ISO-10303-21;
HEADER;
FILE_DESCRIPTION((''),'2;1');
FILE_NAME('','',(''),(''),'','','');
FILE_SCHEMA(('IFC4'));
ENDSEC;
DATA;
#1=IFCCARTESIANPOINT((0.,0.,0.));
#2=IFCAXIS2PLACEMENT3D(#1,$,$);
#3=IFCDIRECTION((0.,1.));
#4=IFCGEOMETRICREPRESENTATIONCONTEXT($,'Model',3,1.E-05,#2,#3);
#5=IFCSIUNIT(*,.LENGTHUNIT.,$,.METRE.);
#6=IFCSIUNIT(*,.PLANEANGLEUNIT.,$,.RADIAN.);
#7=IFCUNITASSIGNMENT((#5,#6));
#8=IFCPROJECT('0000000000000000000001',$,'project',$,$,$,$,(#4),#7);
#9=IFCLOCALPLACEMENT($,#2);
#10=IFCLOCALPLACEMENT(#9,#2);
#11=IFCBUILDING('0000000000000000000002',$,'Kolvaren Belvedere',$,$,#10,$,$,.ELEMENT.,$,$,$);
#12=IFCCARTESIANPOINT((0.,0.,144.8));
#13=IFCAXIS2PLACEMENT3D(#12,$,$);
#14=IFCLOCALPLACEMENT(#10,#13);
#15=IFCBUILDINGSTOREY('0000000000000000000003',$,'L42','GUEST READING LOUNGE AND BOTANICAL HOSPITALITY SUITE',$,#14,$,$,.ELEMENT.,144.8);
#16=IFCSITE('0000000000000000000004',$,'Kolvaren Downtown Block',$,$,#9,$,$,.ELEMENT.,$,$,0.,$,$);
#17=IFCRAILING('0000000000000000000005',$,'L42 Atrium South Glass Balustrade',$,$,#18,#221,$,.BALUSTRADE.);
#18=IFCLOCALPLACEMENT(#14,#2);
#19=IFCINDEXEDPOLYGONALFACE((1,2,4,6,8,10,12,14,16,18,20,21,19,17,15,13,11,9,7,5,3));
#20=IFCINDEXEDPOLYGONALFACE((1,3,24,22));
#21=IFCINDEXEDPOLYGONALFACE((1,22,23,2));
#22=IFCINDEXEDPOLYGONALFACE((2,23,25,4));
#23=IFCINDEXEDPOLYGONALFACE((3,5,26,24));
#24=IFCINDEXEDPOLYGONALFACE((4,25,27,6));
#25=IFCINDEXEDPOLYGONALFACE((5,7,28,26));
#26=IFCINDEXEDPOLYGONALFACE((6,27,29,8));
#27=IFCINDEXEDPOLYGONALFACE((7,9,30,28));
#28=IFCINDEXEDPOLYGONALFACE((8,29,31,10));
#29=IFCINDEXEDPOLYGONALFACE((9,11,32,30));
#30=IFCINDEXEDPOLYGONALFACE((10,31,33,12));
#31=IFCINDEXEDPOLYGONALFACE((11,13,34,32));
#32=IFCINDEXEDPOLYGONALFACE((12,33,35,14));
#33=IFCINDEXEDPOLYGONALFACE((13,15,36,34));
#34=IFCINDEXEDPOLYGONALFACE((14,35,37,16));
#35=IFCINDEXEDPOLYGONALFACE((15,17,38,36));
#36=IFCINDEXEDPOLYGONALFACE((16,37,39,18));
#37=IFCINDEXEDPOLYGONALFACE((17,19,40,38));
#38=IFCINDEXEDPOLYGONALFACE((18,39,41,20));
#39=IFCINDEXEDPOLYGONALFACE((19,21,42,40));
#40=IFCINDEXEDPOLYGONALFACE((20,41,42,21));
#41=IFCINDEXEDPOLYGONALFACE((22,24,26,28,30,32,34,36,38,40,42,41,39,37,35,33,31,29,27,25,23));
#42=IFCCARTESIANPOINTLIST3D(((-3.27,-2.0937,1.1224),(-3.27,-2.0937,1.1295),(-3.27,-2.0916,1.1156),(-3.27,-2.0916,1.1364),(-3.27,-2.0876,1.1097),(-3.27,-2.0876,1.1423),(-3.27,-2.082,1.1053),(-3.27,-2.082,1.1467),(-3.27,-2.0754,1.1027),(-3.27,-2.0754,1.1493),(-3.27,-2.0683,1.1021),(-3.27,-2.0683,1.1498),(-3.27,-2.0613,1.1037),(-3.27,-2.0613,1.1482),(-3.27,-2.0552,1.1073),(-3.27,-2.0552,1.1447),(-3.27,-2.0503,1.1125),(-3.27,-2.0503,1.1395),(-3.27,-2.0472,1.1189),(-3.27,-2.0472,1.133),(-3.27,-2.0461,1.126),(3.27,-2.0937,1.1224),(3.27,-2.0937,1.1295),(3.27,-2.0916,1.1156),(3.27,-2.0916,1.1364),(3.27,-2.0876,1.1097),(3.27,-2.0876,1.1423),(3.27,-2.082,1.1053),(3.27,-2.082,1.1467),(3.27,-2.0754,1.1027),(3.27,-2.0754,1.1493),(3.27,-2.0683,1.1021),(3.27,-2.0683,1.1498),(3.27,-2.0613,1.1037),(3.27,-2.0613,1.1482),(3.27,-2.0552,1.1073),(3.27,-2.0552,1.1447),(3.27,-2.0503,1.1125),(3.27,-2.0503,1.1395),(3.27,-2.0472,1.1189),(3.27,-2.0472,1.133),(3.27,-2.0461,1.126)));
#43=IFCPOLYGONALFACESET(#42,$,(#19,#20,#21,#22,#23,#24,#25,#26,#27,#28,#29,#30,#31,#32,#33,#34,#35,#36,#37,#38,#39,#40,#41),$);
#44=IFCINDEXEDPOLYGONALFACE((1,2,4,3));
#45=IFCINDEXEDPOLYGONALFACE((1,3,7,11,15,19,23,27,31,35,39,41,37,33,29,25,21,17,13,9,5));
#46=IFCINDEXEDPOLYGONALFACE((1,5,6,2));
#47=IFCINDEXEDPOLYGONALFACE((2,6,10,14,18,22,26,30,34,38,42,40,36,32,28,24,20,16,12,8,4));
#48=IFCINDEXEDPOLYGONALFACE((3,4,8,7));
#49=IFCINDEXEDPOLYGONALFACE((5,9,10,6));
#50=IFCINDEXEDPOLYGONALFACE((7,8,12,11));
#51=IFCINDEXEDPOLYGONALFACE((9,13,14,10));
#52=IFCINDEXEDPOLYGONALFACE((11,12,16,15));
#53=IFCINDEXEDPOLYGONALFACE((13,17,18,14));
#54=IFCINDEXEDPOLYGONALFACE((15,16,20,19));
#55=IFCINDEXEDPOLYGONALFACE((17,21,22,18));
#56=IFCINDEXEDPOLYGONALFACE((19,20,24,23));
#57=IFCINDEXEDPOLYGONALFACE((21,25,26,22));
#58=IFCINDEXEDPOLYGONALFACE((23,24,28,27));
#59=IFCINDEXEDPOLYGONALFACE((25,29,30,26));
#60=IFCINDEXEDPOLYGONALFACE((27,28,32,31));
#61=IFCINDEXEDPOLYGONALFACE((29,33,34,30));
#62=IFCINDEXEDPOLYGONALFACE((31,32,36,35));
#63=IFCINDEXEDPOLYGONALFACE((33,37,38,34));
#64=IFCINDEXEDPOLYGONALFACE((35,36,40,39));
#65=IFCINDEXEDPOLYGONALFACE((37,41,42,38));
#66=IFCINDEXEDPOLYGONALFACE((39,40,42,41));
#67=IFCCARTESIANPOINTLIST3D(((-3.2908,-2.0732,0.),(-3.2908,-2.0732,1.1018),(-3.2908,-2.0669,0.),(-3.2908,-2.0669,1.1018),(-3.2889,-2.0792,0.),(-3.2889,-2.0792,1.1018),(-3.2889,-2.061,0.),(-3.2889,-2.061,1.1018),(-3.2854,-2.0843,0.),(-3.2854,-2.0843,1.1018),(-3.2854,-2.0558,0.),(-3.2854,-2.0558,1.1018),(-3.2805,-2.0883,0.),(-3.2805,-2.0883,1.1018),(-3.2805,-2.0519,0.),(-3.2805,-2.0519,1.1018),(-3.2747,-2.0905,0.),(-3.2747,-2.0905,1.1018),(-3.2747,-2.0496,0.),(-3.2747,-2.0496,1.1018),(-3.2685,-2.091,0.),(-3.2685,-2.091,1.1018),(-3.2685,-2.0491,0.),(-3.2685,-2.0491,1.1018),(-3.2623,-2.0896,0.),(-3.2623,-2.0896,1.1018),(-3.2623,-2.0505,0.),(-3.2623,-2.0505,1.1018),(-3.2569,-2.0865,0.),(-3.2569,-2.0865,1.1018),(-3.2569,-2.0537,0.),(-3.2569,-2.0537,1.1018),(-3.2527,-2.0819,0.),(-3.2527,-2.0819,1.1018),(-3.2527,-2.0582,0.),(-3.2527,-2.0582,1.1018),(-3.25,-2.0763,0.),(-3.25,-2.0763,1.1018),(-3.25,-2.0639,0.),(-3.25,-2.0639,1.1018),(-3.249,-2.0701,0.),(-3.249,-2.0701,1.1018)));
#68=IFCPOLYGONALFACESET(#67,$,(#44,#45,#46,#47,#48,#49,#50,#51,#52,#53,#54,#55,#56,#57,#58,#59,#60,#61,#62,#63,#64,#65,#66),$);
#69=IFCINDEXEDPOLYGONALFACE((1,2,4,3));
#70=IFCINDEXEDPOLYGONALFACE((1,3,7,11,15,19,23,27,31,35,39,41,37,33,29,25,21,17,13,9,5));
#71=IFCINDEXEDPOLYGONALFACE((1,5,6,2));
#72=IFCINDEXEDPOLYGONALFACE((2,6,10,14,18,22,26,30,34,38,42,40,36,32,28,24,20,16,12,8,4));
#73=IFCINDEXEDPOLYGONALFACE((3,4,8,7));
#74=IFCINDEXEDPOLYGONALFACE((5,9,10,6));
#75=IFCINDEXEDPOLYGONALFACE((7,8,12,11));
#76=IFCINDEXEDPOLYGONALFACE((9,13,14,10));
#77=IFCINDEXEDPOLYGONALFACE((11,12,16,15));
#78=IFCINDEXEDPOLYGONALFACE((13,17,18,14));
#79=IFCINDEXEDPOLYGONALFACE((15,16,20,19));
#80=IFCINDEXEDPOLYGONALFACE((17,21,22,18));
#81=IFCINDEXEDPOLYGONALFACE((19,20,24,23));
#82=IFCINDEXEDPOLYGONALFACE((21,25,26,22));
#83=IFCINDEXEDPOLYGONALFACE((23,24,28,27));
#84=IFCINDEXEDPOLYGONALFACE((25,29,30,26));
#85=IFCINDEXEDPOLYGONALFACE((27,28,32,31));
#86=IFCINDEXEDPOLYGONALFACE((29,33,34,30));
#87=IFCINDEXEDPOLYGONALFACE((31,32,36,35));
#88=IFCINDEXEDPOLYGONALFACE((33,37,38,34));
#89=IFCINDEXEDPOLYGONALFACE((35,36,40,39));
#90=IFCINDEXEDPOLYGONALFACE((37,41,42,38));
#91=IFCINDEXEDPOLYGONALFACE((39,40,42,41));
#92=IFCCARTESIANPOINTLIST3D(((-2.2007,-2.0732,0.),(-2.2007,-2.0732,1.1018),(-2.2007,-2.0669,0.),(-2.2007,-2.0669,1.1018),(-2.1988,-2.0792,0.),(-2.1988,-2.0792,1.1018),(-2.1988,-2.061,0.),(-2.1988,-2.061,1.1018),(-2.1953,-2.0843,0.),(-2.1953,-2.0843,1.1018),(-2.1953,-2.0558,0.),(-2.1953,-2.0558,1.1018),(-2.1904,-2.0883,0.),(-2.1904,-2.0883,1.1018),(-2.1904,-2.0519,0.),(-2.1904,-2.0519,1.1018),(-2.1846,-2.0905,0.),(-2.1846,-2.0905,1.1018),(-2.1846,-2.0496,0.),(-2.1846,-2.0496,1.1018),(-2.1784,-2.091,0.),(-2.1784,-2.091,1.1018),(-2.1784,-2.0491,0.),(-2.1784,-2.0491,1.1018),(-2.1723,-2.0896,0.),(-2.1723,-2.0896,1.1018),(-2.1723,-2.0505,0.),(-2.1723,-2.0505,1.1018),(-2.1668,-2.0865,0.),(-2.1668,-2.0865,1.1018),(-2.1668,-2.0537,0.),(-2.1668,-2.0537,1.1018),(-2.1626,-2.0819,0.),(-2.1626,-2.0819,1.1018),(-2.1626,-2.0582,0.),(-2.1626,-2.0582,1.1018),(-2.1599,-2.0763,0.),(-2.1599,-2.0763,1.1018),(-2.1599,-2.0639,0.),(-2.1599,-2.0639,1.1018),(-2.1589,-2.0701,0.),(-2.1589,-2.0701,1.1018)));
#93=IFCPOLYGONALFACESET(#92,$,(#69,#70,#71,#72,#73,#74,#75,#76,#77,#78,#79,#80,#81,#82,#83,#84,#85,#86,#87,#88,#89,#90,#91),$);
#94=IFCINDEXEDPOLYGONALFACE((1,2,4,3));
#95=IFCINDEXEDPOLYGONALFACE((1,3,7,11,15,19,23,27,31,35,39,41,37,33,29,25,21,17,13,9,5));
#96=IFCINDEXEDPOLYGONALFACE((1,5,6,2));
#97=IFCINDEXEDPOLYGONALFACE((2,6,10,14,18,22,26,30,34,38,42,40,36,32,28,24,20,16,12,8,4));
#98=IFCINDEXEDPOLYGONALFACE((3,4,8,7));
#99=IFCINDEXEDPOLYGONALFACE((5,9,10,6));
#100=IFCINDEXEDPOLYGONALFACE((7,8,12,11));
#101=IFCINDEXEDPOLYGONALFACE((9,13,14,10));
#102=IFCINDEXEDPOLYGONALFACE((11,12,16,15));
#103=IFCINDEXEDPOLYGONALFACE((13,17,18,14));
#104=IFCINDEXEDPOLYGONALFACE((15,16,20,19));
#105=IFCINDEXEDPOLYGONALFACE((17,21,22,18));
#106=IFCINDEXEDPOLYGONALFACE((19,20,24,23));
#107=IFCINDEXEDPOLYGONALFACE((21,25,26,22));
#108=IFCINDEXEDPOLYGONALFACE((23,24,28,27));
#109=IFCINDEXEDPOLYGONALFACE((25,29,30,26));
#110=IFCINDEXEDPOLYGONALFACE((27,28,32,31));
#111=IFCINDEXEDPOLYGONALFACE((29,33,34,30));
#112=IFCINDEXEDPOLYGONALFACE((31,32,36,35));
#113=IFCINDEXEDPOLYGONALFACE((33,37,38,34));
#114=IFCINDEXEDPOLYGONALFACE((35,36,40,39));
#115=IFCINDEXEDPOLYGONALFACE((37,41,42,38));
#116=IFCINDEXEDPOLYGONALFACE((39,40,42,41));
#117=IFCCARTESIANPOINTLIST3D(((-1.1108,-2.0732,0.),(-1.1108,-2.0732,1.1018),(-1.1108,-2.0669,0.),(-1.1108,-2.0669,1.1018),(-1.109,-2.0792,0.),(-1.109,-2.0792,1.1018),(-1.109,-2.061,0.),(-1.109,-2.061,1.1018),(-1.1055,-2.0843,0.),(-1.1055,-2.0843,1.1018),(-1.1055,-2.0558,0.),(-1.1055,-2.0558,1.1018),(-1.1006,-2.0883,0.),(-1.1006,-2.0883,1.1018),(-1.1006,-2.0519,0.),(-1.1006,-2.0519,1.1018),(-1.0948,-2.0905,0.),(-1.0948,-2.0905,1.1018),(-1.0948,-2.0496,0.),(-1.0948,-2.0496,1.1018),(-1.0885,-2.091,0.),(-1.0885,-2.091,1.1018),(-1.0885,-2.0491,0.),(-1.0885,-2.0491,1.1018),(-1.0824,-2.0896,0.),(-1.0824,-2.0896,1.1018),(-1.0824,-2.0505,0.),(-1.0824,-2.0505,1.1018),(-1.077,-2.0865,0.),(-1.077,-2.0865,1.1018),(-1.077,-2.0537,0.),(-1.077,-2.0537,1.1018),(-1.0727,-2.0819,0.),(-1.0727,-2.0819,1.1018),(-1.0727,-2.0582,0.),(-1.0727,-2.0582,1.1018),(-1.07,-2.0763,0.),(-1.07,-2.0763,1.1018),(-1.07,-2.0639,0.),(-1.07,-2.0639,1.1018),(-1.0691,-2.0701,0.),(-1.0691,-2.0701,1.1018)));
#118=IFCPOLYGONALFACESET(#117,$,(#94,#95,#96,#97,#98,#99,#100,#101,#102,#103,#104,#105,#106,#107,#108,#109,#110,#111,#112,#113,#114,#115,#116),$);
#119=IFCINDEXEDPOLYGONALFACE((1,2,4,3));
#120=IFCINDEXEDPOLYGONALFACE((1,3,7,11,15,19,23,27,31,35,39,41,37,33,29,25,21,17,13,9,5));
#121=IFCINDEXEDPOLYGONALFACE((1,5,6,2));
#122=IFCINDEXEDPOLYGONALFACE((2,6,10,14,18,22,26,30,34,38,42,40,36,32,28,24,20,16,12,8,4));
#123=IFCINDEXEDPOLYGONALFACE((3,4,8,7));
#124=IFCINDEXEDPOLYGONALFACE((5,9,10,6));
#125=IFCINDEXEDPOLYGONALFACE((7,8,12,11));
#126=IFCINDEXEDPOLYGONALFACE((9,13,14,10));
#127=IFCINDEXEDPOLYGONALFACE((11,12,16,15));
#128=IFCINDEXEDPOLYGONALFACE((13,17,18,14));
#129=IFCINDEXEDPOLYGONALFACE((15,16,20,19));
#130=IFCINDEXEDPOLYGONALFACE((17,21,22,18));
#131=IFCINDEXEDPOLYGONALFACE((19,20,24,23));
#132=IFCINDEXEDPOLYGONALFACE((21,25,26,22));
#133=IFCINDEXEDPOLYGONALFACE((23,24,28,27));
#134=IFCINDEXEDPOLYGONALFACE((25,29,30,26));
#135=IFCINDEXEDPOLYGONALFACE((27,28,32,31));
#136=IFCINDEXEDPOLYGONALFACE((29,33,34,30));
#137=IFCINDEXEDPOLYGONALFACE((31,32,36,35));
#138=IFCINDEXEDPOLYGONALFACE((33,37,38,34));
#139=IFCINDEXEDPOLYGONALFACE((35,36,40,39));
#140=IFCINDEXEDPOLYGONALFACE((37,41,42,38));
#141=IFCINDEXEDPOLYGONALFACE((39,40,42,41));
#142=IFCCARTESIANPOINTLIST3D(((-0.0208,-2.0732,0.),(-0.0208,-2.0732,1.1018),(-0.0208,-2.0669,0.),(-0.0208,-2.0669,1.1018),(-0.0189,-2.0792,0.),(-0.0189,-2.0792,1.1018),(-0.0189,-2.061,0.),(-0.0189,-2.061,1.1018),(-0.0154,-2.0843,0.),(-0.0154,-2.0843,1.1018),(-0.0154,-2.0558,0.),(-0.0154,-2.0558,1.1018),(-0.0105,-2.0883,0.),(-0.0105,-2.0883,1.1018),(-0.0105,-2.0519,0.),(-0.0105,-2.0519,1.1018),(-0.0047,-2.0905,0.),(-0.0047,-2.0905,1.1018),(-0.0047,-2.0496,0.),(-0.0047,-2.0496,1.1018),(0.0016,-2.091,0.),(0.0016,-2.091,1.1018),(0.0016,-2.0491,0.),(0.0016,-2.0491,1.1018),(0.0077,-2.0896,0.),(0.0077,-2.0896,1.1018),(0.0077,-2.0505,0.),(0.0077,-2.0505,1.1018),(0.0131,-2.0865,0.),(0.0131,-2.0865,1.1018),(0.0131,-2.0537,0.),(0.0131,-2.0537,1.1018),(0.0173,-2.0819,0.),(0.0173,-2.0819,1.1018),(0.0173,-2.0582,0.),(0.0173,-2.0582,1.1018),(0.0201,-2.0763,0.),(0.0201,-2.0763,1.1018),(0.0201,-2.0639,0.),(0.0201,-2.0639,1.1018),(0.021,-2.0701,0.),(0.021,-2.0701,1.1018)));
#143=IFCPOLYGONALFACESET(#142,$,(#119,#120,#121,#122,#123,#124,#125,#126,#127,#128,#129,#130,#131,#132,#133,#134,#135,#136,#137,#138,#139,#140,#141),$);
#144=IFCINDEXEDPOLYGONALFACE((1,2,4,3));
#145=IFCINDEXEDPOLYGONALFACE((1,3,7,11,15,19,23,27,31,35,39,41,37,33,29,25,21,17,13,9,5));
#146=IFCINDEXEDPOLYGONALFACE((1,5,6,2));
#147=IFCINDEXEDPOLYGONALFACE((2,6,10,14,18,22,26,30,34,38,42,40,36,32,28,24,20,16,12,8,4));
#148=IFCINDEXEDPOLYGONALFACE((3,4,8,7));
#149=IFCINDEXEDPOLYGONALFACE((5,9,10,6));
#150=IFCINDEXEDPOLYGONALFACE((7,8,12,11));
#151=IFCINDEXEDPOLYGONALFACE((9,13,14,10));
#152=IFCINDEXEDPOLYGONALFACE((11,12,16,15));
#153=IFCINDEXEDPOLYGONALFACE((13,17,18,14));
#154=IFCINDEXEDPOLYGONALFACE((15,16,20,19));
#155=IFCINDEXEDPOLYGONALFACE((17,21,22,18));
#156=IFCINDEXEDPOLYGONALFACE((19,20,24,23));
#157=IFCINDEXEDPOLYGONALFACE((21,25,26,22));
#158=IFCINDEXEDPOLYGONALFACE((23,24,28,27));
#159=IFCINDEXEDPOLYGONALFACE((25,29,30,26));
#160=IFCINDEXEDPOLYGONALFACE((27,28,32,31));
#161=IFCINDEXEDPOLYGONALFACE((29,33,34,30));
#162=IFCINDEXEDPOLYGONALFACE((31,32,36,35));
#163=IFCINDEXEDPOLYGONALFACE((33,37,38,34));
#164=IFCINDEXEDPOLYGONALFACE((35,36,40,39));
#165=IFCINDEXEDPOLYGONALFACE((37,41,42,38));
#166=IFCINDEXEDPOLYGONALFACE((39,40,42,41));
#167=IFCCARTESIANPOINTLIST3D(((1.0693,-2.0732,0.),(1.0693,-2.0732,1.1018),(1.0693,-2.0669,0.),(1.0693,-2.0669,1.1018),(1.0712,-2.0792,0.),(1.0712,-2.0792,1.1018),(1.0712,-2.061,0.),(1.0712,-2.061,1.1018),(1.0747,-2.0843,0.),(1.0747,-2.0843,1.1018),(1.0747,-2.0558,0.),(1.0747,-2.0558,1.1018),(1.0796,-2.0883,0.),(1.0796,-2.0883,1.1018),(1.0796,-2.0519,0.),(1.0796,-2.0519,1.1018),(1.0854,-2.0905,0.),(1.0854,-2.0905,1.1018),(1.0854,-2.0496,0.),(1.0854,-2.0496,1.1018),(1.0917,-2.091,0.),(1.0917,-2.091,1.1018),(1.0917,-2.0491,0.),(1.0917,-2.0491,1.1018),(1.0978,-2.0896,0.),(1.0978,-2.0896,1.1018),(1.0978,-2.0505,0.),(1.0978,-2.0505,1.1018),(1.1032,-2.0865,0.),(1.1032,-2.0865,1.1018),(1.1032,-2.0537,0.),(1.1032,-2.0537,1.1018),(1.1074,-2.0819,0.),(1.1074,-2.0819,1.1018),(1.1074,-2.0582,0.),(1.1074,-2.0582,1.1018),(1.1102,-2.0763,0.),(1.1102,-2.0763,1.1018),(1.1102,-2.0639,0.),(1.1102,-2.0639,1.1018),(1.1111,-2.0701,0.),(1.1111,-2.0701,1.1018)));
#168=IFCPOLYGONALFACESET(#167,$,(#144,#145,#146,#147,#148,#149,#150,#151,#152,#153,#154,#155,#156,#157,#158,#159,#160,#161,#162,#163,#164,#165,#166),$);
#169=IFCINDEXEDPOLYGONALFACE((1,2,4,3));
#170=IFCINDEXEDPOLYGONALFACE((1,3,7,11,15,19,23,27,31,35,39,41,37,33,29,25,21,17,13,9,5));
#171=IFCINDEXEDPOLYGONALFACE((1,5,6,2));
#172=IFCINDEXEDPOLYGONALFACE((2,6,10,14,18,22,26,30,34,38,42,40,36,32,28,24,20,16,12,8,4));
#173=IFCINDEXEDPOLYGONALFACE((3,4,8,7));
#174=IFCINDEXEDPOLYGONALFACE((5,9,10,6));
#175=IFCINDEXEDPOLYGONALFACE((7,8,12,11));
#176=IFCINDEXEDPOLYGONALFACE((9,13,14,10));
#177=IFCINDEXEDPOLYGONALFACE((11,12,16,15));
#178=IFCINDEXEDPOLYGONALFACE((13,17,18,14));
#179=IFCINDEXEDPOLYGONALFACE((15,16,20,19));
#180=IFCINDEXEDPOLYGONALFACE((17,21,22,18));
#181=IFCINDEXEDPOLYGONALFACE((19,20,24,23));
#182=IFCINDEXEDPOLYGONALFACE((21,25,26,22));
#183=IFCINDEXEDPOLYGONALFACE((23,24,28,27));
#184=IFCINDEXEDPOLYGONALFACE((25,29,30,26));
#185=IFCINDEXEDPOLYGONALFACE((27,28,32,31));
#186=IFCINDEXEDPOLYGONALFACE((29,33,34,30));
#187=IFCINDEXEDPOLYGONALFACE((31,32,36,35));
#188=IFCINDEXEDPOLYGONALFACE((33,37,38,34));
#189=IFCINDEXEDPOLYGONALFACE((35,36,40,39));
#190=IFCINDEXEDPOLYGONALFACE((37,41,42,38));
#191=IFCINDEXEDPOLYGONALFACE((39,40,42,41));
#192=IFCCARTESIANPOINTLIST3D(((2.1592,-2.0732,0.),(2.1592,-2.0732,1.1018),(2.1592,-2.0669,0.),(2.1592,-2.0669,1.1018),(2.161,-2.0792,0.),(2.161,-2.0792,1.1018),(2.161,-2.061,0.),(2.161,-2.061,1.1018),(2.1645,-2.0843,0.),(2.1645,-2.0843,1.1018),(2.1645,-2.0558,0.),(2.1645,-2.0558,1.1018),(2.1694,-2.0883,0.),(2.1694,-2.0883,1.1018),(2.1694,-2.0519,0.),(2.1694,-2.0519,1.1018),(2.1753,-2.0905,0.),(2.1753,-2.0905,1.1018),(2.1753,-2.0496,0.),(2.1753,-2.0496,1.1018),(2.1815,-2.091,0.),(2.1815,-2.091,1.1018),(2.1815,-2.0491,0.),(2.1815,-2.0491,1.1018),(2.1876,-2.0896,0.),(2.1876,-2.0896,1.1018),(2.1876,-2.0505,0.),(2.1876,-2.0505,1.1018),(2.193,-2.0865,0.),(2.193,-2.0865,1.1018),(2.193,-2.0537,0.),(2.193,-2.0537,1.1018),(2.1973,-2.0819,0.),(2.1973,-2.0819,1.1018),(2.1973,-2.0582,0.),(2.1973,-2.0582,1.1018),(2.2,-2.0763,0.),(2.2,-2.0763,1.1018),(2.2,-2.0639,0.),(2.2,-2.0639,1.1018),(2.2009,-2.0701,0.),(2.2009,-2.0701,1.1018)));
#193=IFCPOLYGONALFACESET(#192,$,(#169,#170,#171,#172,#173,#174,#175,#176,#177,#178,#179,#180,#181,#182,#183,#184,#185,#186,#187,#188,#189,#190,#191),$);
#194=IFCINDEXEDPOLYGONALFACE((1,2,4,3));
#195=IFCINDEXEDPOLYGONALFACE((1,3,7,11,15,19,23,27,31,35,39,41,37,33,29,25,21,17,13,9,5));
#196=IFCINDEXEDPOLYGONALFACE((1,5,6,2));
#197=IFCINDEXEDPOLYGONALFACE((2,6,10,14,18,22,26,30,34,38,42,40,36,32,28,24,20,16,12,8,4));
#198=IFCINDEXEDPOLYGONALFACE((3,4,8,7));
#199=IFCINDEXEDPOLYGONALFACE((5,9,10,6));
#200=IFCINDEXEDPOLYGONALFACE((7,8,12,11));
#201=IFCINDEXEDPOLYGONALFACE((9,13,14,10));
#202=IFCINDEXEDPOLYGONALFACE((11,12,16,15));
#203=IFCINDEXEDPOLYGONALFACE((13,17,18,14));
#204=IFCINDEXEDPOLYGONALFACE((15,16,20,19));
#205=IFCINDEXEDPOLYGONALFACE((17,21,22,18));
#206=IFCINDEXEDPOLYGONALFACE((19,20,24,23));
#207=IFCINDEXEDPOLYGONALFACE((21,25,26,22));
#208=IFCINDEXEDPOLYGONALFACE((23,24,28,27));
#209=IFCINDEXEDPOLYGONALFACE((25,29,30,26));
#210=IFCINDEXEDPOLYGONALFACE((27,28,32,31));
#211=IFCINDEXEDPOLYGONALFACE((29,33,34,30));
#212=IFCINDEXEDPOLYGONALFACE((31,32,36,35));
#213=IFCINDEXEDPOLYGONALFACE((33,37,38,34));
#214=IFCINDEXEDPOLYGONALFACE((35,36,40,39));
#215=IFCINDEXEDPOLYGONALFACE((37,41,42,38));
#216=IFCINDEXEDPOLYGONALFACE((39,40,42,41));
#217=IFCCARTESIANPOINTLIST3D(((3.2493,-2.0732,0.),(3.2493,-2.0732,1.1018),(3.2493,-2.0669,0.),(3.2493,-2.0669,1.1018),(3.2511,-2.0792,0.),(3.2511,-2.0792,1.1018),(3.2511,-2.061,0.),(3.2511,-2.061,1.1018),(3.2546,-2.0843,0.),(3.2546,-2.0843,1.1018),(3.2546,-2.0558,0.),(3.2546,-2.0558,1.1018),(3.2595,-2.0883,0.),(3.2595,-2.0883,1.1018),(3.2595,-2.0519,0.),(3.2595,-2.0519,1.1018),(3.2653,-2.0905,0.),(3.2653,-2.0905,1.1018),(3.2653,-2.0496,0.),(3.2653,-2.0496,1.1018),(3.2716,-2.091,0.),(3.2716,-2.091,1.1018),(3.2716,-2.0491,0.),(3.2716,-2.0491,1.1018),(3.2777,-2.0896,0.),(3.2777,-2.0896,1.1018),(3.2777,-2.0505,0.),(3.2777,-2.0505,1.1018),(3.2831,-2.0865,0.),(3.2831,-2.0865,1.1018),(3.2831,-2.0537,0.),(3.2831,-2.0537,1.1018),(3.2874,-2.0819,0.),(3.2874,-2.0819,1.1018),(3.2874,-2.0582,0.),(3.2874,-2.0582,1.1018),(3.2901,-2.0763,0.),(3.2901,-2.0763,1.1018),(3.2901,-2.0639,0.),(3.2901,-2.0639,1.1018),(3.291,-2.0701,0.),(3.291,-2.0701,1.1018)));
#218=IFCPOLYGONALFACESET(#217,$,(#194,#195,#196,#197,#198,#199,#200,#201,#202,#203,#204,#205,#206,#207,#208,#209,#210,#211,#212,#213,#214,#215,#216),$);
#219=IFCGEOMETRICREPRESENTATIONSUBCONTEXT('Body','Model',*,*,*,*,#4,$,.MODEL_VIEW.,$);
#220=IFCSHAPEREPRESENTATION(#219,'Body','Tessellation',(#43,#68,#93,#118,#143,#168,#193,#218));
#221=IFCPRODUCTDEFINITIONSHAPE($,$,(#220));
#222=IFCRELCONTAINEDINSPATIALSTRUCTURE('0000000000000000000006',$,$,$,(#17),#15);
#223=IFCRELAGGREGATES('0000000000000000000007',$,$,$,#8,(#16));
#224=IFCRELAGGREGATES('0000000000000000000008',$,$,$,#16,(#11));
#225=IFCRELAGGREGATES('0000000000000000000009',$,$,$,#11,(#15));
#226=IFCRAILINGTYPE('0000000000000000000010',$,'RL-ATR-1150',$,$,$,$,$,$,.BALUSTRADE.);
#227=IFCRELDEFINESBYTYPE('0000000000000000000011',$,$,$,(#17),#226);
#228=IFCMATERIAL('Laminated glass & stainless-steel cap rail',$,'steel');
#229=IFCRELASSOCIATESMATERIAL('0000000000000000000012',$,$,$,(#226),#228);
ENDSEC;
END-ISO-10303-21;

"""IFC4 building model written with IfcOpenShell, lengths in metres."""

from ifc_helpers import new_model, si_unit, direction, frame, origin, origin_2d, place, context, subcontext, project, spatial, circle, extrude, material, type_object, element, save


model = new_model("IFC4")

# Units and contexts
model_context = context("Model", 3, precision=1e-05, world=origin(), true_north=direction((0.0, 1.0)))
body_context = subcontext(model_context, "Body", "Model", "MODEL_VIEW")
ifc_project = project(units=[si_unit("LENGTHUNIT", "METRE"), si_unit("PLANEANGLEUNIT", "RADIAN")], contexts=[model_context])

# Site, building, storey
site_placement = place(None, origin())
site = spatial("IfcSite", under=ifc_project, at=site_placement, Name="Kolvaren Downtown Block", CompositionType="ELEMENT", RefElevation=0.0)
building_placement = place(site_placement, origin())
building = spatial("IfcBuilding", under=site, at=building_placement, Name="Kolvaren Belvedere", CompositionType="ELEMENT")
storey_placement = place(building_placement, frame((0.0, 0.0, 144.8)))
storey = spatial("IfcBuildingStorey", under=building, at=storey_placement, Name="L42", Description="GUEST READING LOUNGE AND BOTANICAL HOSPITALITY SUITE", CompositionType="ELEMENT", Elevation=144.8)

# Railing
ifc_material_1 = material(Name="Laminated glass & stainless-steel cap rail", Category="steel")
railing_type_1 = type_object("IfcRailingType", Name="RL-ATR-1150", PredefinedType="BALUSTRADE", material=ifc_material_1)
railing_1_placement = place(storey_placement, frame((-3.27, -2.0701, 0.0)))
element("IfcRailing", 1, at=railing_1_placement, inside=storey, type_object=railing_type_1, Name="L42 Atrium South Glass Balustrade", PredefinedType="BALUSTRADE", context=body_context, shape_type="SweptSolid", body=[
    extrude(circle(Radius=0.0239, at=origin_2d()), frame((0.0, 0.0, 1.126), z_axis=(1.0, 0.0, 0.0), x_axis=(0.0, 1.0, 0.0)), (0.0, 0.0, 1.0), 6.54),
    extrude(circle(Radius=0.021, at=origin_2d()), origin(), (0.0, 0.0, 1.0), 1.1018),
    extrude(circle(Radius=0.021, at=origin_2d()), frame((1.0901, 0.0, 0.0)), (0.0, 0.0, 1.0), 1.1018),
    extrude(circle(Radius=0.021, at=origin_2d()), frame((2.1799, 0.0, 0.0)), (0.0, 0.0, 1.0), 1.1018),
    extrude(circle(Radius=0.021, at=origin_2d()), frame((3.27, 0.0, 0.0)), (0.0, 0.0, 1.0), 1.1018),
    extrude(circle(Radius=0.021, at=origin_2d()), frame((4.3601, 0.0, 0.0)), (0.0, 0.0, 1.0), 1.1018),
    extrude(circle(Radius=0.021, at=origin_2d()), frame((5.45, 0.0, 0.0)), (0.0, 0.0, 1.0), 1.1018),
    extrude(circle(Radius=0.021, at=origin_2d()), frame((6.54, 0.0, 0.0)), (0.0, 0.0, 1.0), 1.1018),
])

save(model, "model.ifc")
